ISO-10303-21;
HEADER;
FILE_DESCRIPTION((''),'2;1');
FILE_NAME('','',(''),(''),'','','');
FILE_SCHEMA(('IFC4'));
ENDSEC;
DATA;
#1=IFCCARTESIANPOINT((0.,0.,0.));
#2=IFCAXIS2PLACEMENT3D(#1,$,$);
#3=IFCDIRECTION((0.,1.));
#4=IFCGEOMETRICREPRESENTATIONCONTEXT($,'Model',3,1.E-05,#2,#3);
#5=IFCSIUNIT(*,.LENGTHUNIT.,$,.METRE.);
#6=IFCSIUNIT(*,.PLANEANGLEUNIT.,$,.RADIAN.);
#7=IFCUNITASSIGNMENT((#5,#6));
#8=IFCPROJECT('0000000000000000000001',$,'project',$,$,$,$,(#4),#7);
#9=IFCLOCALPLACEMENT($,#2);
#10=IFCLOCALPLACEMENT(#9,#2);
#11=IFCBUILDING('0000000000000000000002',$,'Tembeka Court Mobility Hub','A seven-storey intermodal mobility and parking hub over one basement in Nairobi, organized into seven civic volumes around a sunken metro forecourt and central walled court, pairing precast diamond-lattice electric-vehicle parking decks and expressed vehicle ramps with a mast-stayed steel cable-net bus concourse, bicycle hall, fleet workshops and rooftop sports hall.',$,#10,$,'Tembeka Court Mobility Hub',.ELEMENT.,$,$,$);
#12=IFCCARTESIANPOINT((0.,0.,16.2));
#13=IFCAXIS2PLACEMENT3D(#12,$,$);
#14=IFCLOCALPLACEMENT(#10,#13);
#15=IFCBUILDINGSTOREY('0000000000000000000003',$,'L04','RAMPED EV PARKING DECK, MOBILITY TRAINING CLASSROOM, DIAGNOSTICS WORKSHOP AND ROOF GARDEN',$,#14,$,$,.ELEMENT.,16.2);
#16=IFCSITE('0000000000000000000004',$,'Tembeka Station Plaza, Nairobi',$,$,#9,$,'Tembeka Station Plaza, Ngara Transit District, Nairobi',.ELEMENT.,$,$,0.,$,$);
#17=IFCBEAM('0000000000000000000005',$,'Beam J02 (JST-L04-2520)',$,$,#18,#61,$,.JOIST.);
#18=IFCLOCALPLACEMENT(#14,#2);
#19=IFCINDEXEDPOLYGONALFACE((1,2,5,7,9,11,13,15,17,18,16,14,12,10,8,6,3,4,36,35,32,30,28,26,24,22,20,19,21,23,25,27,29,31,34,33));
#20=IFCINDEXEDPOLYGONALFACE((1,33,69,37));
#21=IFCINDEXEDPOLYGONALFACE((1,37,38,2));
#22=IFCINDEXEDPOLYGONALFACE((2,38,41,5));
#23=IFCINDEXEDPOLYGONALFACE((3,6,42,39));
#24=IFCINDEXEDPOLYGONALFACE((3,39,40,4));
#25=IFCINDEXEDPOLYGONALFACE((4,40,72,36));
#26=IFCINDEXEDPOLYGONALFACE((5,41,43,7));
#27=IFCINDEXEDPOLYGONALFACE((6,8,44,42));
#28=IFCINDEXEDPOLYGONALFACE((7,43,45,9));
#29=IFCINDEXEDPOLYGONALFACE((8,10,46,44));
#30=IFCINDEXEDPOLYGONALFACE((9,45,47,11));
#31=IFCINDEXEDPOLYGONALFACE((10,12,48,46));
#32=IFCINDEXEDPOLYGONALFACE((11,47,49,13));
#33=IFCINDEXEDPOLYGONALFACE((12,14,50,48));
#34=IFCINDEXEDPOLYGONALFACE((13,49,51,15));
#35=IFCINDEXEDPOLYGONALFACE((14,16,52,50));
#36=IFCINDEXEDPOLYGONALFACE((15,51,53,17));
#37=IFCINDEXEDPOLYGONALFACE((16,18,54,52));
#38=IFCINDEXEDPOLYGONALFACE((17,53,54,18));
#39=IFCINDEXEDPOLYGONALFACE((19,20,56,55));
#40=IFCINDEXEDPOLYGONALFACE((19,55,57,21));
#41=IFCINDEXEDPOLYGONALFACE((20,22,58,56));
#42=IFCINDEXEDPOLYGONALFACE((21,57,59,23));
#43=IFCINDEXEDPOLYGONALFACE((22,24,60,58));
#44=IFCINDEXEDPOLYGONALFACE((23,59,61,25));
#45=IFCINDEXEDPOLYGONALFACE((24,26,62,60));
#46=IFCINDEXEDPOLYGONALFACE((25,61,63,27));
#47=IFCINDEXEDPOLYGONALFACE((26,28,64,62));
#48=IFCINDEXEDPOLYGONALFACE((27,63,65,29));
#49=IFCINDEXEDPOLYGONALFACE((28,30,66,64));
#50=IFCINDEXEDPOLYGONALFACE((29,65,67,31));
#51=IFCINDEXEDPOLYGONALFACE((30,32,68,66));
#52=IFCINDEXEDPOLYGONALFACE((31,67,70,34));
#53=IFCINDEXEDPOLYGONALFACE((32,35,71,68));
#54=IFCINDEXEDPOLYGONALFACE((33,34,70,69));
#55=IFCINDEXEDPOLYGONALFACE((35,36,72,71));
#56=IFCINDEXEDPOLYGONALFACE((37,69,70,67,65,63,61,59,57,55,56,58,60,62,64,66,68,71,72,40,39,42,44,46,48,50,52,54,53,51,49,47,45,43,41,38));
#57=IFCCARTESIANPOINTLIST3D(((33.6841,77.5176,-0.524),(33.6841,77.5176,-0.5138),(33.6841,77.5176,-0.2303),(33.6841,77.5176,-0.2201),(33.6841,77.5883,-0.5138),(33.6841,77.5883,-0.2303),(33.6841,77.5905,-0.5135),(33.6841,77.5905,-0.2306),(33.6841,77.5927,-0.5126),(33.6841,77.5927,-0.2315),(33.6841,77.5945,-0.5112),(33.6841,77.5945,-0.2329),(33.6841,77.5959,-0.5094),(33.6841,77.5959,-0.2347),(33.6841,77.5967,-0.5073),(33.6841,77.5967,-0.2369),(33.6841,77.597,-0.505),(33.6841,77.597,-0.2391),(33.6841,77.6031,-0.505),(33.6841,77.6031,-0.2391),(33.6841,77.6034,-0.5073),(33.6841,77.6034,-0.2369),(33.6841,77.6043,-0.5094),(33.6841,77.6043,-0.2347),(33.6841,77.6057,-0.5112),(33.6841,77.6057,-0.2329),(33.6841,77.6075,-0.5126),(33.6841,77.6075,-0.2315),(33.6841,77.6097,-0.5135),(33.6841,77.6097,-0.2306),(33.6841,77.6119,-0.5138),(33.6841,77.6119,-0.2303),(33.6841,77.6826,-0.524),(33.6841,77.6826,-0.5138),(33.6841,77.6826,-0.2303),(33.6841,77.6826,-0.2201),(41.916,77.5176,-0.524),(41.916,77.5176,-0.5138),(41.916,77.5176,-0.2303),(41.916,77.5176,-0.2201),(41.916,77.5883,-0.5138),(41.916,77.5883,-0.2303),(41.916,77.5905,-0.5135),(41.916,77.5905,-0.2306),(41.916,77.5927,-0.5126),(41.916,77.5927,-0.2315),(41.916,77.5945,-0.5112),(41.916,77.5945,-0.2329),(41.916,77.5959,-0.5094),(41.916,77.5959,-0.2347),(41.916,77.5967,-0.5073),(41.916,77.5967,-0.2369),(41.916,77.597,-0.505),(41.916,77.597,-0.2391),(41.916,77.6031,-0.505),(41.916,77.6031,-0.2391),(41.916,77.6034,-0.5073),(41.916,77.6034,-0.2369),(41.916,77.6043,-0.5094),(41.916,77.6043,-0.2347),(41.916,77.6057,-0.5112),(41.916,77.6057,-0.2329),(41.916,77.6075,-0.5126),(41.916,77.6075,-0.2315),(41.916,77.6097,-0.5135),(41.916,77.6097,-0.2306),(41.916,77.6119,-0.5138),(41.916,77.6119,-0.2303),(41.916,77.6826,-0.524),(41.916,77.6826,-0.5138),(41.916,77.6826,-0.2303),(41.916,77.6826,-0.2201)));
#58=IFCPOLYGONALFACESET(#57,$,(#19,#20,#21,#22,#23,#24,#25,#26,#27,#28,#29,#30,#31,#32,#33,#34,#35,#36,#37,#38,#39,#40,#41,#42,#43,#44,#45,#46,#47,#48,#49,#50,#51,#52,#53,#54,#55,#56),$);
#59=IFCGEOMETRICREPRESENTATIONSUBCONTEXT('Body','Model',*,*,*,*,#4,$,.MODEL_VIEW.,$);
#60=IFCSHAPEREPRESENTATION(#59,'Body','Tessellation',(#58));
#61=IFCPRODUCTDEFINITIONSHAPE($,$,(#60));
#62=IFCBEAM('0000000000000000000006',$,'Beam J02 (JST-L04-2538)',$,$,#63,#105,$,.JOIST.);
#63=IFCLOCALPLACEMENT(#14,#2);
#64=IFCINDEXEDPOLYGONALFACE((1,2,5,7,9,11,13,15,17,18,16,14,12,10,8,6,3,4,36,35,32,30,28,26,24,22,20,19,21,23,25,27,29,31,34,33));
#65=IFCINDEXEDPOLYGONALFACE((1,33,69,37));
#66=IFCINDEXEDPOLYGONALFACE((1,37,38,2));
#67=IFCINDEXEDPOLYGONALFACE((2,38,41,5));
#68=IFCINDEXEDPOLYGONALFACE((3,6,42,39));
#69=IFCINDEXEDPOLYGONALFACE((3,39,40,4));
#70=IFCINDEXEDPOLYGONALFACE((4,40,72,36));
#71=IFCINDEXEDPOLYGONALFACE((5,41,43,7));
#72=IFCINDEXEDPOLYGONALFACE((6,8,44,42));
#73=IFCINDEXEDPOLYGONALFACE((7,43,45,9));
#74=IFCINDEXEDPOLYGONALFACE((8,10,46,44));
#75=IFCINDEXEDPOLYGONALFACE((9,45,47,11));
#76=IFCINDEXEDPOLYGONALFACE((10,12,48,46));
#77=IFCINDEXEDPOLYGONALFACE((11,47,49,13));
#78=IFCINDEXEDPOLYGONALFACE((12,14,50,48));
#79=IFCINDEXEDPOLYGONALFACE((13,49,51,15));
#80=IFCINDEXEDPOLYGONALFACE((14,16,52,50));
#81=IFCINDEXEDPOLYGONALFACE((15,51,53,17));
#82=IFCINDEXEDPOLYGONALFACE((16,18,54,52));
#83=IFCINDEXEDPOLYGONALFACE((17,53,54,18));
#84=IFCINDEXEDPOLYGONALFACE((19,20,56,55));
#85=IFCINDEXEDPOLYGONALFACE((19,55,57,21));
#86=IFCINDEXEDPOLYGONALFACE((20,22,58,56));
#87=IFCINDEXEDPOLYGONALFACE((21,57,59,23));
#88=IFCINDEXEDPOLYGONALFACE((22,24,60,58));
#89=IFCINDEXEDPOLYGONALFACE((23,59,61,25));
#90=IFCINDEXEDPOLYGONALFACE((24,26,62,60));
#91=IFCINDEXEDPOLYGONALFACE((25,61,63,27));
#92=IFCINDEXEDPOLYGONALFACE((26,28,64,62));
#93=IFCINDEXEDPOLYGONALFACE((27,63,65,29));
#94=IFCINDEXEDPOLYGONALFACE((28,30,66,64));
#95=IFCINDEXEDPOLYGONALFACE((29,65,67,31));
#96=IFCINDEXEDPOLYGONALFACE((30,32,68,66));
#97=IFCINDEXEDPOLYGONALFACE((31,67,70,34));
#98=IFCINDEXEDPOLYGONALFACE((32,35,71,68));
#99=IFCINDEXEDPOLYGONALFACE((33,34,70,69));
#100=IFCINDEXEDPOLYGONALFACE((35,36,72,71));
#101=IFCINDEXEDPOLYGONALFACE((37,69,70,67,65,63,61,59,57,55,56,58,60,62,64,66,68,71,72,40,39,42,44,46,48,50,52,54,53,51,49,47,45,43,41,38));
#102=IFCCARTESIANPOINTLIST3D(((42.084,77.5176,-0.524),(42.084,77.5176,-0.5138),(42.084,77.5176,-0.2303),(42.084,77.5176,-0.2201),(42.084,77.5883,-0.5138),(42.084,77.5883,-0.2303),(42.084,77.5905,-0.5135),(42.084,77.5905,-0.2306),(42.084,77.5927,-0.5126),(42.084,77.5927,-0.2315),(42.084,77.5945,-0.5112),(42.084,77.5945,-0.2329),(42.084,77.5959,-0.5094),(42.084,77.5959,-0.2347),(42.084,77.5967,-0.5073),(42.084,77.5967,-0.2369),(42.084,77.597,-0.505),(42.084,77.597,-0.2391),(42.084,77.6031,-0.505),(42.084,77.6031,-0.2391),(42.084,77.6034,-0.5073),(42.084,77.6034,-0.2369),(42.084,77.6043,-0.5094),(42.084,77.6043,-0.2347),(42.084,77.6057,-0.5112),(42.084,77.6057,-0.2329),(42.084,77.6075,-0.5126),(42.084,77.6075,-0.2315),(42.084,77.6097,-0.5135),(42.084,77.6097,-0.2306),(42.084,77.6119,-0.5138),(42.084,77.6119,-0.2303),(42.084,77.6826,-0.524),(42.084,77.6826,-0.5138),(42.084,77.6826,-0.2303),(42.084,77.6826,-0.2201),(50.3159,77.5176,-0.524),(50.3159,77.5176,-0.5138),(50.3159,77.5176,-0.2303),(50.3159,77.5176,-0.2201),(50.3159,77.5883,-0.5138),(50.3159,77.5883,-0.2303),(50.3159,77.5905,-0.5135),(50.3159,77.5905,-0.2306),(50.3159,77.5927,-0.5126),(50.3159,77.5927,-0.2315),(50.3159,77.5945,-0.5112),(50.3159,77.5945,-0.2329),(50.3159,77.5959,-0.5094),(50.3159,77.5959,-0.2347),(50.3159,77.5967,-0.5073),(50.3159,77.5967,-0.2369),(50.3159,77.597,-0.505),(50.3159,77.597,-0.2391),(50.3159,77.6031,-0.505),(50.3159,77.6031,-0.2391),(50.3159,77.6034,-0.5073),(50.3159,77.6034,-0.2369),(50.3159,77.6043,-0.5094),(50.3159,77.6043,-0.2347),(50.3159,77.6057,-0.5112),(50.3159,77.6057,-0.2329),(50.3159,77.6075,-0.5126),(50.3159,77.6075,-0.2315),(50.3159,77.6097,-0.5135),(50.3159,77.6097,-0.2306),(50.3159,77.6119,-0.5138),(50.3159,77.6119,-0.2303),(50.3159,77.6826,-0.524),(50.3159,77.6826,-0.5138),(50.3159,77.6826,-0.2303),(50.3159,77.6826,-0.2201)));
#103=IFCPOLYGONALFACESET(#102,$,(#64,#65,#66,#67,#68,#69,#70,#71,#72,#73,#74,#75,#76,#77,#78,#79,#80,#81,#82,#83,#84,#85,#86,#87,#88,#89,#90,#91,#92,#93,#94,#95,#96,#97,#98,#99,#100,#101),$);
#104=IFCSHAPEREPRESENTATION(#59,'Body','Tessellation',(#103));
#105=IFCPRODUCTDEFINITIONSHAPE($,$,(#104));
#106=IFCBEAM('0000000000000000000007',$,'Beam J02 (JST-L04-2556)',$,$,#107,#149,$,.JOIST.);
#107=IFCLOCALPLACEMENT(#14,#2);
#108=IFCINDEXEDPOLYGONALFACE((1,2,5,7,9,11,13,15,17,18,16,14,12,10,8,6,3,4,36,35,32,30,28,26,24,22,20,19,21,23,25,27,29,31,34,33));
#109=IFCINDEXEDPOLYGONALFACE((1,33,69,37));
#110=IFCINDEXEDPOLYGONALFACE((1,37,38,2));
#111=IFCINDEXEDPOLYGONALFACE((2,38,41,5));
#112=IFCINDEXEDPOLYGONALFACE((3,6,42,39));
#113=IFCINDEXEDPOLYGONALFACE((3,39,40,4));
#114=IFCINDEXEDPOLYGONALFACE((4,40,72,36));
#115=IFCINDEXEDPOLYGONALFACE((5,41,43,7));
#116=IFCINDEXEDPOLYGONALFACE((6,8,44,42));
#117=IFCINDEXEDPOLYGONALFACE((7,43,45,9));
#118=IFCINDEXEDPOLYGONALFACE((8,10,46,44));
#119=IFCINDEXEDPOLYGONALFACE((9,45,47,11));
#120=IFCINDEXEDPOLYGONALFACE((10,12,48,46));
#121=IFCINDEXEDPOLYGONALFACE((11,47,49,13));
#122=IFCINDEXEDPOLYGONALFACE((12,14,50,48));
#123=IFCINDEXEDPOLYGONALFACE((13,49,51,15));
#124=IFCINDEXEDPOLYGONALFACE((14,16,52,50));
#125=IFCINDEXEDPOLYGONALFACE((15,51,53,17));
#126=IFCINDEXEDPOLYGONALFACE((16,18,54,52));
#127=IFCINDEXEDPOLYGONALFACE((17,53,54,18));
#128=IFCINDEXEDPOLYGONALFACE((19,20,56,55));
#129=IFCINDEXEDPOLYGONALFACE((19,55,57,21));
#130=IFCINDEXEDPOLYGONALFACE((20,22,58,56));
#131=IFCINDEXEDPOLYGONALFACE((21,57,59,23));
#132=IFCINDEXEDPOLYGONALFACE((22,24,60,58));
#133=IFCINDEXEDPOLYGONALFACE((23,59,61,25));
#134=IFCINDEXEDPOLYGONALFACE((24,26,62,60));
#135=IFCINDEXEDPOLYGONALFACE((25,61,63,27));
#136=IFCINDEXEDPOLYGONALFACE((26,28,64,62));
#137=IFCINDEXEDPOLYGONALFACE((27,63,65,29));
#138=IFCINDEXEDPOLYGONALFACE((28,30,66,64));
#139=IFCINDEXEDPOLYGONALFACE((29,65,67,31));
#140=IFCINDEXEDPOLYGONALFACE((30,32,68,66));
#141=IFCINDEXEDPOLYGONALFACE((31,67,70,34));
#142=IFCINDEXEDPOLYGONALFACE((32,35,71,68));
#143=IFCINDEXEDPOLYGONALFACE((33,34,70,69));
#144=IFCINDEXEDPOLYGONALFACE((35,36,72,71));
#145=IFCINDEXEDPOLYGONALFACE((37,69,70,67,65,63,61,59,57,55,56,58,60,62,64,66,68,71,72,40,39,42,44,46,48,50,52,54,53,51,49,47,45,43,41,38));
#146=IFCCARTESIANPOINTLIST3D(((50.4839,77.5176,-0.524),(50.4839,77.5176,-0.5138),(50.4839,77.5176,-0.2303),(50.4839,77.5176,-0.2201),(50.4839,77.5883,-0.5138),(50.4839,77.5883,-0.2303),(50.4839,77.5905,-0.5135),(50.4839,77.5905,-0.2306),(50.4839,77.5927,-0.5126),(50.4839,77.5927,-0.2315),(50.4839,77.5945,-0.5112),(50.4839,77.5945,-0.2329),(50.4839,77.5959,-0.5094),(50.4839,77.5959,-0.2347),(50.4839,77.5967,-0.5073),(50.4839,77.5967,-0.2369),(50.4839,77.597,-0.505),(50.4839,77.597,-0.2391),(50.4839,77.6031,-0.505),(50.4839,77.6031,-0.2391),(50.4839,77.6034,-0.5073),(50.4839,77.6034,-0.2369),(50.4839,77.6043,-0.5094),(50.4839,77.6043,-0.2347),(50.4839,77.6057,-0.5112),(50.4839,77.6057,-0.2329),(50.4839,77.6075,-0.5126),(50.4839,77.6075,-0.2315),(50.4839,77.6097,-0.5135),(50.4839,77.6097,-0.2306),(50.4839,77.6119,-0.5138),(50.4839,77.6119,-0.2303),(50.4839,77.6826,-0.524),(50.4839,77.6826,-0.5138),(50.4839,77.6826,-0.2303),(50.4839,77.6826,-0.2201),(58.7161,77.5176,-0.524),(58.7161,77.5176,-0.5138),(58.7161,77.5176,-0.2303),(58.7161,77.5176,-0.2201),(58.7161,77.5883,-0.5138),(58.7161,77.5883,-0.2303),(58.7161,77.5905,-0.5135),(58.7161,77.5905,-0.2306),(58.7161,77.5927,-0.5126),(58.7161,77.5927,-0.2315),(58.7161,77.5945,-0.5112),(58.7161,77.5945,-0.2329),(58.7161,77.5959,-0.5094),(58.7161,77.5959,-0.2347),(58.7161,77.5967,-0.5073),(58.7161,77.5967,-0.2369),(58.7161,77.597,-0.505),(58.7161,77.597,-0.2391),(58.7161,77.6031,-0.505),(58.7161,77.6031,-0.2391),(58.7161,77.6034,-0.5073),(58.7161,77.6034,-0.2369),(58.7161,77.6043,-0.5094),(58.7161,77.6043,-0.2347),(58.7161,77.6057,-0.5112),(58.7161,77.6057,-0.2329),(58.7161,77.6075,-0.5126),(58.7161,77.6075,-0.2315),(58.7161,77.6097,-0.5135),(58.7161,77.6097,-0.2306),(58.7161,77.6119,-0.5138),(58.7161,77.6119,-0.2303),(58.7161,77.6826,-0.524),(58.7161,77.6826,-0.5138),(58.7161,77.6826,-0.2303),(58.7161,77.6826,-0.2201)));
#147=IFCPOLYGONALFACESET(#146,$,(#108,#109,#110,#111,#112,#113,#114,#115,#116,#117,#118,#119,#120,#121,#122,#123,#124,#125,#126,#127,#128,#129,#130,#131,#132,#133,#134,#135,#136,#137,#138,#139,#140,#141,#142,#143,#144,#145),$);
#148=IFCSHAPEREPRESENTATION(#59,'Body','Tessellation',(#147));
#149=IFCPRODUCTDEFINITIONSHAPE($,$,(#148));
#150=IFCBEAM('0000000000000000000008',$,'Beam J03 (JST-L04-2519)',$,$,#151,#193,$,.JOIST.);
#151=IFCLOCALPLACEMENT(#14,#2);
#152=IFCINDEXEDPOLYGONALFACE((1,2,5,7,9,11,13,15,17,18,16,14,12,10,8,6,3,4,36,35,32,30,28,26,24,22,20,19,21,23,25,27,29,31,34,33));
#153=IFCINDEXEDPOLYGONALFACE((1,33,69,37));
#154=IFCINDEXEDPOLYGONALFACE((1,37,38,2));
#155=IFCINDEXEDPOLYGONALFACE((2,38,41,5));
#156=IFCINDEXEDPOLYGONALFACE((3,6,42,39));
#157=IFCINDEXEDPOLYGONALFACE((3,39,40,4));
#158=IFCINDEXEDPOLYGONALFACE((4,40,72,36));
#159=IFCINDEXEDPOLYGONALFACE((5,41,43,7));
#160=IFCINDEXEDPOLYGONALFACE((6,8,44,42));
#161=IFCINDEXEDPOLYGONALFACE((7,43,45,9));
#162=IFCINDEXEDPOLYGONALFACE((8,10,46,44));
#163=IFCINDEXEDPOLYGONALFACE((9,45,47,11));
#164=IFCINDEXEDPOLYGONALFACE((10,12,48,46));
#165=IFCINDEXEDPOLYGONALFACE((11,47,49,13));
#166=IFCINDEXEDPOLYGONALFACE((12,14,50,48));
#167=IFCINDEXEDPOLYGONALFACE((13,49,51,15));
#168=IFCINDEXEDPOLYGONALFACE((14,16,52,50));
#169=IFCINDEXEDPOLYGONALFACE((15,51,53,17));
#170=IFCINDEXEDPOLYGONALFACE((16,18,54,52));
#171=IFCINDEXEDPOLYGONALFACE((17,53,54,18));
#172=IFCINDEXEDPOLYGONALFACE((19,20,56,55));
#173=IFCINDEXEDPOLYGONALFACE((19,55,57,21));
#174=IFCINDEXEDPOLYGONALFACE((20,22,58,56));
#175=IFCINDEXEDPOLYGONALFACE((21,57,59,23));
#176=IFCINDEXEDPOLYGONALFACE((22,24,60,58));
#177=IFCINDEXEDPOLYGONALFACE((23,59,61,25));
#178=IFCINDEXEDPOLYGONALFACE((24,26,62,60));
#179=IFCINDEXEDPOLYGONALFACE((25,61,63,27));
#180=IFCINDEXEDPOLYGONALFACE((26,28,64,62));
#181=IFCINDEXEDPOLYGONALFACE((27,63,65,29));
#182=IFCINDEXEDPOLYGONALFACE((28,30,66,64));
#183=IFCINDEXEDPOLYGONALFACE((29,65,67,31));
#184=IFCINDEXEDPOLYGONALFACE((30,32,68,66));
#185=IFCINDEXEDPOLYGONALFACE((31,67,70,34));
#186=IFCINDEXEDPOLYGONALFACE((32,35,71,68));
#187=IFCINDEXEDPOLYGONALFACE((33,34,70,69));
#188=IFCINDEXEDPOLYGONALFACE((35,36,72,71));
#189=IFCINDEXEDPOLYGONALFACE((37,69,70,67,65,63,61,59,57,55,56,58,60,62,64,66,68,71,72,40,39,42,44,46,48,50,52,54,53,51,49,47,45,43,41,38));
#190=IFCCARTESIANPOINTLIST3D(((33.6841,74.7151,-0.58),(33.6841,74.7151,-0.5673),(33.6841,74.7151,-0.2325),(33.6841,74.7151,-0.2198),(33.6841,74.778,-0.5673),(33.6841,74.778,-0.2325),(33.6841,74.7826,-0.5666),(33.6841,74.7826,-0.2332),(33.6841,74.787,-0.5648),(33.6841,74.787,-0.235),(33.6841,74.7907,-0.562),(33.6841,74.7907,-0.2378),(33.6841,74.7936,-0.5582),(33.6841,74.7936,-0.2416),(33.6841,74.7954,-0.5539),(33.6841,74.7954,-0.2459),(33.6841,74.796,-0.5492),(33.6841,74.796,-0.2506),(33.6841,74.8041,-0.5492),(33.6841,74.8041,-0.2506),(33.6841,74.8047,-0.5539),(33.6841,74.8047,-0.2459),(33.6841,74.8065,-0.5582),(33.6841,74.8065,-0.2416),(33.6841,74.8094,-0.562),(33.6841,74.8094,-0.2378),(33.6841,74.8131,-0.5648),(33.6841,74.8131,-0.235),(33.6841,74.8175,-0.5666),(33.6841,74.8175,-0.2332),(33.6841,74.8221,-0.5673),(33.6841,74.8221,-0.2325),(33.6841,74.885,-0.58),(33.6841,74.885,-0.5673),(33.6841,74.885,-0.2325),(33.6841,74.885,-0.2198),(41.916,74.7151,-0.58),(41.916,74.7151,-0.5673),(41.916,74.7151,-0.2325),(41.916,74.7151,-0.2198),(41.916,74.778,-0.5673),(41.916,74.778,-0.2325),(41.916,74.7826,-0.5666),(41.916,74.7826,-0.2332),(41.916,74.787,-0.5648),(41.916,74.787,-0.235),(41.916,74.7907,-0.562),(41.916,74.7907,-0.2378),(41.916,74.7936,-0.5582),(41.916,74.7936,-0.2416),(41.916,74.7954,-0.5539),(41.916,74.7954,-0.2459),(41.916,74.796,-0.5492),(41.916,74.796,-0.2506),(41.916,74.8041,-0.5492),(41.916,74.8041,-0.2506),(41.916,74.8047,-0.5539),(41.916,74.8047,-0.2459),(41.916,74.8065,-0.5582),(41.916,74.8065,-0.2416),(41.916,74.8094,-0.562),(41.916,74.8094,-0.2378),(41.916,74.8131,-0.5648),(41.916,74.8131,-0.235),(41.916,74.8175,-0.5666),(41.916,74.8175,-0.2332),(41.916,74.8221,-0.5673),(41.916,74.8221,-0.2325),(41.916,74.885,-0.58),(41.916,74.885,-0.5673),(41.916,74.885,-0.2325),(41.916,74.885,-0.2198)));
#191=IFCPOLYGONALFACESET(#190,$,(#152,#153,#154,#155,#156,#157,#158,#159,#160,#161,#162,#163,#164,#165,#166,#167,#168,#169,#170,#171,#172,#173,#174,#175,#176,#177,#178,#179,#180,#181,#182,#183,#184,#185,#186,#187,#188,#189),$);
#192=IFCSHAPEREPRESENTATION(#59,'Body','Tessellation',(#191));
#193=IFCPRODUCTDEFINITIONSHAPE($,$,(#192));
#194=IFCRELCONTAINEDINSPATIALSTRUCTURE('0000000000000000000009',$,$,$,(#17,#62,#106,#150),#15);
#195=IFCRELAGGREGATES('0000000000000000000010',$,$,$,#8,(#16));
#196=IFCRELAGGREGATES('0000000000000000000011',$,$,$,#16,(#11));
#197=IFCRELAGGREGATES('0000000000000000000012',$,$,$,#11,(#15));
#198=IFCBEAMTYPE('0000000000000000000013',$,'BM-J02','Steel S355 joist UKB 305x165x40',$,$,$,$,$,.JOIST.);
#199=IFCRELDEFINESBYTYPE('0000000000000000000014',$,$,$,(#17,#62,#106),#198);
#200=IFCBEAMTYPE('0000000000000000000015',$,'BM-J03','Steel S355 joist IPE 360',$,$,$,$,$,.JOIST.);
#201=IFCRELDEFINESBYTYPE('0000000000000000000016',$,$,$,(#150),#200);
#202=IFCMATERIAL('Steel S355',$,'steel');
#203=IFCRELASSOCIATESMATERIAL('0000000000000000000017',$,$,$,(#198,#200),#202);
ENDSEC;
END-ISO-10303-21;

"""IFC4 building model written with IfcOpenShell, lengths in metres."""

from ifc_helpers import new_model, si_unit, direction, frame, origin, origin_2d, place, context, subcontext, project, spatial, i_section, extrude, material, material_profile, profile_set, type_object, element, save


model = new_model("IFC4")

# Units and contexts
model_context = context("Model", 3, precision=1e-05, world=origin(), true_north=direction((0.0, 1.0)))
body_context = subcontext(model_context, "Body", "Model", "MODEL_VIEW")
ifc_project = project(units=[si_unit("LENGTHUNIT", "METRE"), si_unit("PLANEANGLEUNIT", "RADIAN")], contexts=[model_context])

# Site, building, storey
site_placement = place(None, origin())
site = spatial("IfcSite", under=ifc_project, at=site_placement, Name="Tembeka Station Plaza, Nairobi", LongName="Tembeka Station Plaza, Ngara Transit District, Nairobi", CompositionType="ELEMENT", RefElevation=0.0)
building_placement = place(site_placement, origin())
building = spatial("IfcBuilding", under=site, at=building_placement, Name="Tembeka Court Mobility Hub", Description="A seven-storey intermodal mobility and parking hub over one basement in Nairobi, organized into seven civic volumes around a sunken metro forecourt and central walled court, pairing precast diamond-lattice electric-vehicle parking decks and expressed vehicle ramps with a mast-stayed steel cable-net bus concourse, bicycle hall, fleet workshops and rooftop sports hall.", LongName="Tembeka Court Mobility Hub", CompositionType="ELEMENT")
storey_placement = place(building_placement, frame((0.0, 0.0, 16.2)))
storey = spatial("IfcBuildingStorey", under=building, at=storey_placement, Name="L04", Description="RAMPED EV PARKING DECK, MOBILITY TRAINING CLASSROOM, DIAGNOSTICS WORKSHOP AND ROOF GARDEN", CompositionType="ELEMENT", Elevation=16.2)

# Shared definitions
ifc_material = material(Name="Steel S355", Category="steel")

# Beams
ifc_material_profile_1 = material_profile(ifc_material, i_section(OverallWidth=0.165, OverallDepth=0.304, WebThickness=0.0061, FlangeThickness=0.0103, FilletRadius=0.0088, at=origin_2d()), Name="UKB 305x165x40")
ifc_profile_set_1 = profile_set([ifc_material_profile_1], Name="Steel S355")
beam_type_1 = type_object("IfcBeamType", Name="BM-J02", Description="Steel S355 joist UKB 305x165x40", PredefinedType="JOIST", material=ifc_profile_set_1)
for number, where, z_axis, x_axis, name in (
    (1, (33.6841, 77.6001, -0.3721), (1.0, 0.0, 0.0), (0.0, 1.0, 0.0), "Beam J02 (JST-L04-2520)"),
    (2, (42.084, 77.6001, -0.3721), (1.0, 0.0, 0.0), (0.0, 1.0, 0.0), "Beam J02 (JST-L04-2538)"),
):
    element("IfcBeam", number, at=place(storey_placement, frame(where, z_axis=z_axis, x_axis=x_axis)), inside=storey, type_object=beam_type_1, Name=name, PredefinedType="JOIST", context=body_context, shape_type="SweptSolid", body=[
        extrude(i_section(OverallWidth=0.165, OverallDepth=0.304, WebThickness=0.0061, FlangeThickness=0.0103, FilletRadius=0.0088, at=origin_2d()), origin(), (0.0, 0.0, 1.0), 8.2319),
    ])
beam_1_placement = place(storey_placement, frame((50.4839, 77.6001, -0.3721), z_axis=(1.0, 0.0, 0.0), x_axis=(0.0, 1.0, 0.0)))
element("IfcBeam", 3, at=beam_1_placement, inside=storey, type_object=beam_type_1, Name="Beam J02 (JST-L04-2556)", PredefinedType="JOIST", context=body_context, shape_type="SweptSolid", body=[
    extrude(i_section(OverallWidth=0.165, OverallDepth=0.304, WebThickness=0.0061, FlangeThickness=0.0103, FilletRadius=0.0088, at=origin_2d()), origin(), (0.0, 0.0, 1.0), 8.2322),
])
ifc_material_profile_2 = material_profile(ifc_material, i_section(OverallWidth=0.1699, OverallDepth=0.3601, WebThickness=0.0081, FlangeThickness=0.0127, FilletRadius=0.0181, at=origin_2d()), Name="IPE 360")
ifc_profile_set_2 = profile_set([ifc_material_profile_2], Name="Steel S355")
beam_type_2 = type_object("IfcBeamType", Name="BM-J03", Description="Steel S355 joist IPE 360", PredefinedType="JOIST", material=ifc_profile_set_2)
for number, where, z_axis, x_axis, name in (
    (4, (33.6841, 74.8, -0.3999), (1.0, 0.0, 0.0), (0.0, 1.0, 0.0), "Beam J03 (JST-L04-2519)"),
):
    element("IfcBeam", number, at=place(storey_placement, frame(where, z_axis=z_axis, x_axis=x_axis)), inside=storey, type_object=beam_type_2, Name=name, PredefinedType="JOIST", context=body_context, shape_type="SweptSolid", body=[
        extrude(i_section(OverallWidth=0.1699, OverallDepth=0.3601, WebThickness=0.0081, FlangeThickness=0.0127, FilletRadius=0.0181, at=origin_2d()), origin(), (0.0, 0.0, 1.0), 8.2319),
    ])

save(model, "model.ifc")
